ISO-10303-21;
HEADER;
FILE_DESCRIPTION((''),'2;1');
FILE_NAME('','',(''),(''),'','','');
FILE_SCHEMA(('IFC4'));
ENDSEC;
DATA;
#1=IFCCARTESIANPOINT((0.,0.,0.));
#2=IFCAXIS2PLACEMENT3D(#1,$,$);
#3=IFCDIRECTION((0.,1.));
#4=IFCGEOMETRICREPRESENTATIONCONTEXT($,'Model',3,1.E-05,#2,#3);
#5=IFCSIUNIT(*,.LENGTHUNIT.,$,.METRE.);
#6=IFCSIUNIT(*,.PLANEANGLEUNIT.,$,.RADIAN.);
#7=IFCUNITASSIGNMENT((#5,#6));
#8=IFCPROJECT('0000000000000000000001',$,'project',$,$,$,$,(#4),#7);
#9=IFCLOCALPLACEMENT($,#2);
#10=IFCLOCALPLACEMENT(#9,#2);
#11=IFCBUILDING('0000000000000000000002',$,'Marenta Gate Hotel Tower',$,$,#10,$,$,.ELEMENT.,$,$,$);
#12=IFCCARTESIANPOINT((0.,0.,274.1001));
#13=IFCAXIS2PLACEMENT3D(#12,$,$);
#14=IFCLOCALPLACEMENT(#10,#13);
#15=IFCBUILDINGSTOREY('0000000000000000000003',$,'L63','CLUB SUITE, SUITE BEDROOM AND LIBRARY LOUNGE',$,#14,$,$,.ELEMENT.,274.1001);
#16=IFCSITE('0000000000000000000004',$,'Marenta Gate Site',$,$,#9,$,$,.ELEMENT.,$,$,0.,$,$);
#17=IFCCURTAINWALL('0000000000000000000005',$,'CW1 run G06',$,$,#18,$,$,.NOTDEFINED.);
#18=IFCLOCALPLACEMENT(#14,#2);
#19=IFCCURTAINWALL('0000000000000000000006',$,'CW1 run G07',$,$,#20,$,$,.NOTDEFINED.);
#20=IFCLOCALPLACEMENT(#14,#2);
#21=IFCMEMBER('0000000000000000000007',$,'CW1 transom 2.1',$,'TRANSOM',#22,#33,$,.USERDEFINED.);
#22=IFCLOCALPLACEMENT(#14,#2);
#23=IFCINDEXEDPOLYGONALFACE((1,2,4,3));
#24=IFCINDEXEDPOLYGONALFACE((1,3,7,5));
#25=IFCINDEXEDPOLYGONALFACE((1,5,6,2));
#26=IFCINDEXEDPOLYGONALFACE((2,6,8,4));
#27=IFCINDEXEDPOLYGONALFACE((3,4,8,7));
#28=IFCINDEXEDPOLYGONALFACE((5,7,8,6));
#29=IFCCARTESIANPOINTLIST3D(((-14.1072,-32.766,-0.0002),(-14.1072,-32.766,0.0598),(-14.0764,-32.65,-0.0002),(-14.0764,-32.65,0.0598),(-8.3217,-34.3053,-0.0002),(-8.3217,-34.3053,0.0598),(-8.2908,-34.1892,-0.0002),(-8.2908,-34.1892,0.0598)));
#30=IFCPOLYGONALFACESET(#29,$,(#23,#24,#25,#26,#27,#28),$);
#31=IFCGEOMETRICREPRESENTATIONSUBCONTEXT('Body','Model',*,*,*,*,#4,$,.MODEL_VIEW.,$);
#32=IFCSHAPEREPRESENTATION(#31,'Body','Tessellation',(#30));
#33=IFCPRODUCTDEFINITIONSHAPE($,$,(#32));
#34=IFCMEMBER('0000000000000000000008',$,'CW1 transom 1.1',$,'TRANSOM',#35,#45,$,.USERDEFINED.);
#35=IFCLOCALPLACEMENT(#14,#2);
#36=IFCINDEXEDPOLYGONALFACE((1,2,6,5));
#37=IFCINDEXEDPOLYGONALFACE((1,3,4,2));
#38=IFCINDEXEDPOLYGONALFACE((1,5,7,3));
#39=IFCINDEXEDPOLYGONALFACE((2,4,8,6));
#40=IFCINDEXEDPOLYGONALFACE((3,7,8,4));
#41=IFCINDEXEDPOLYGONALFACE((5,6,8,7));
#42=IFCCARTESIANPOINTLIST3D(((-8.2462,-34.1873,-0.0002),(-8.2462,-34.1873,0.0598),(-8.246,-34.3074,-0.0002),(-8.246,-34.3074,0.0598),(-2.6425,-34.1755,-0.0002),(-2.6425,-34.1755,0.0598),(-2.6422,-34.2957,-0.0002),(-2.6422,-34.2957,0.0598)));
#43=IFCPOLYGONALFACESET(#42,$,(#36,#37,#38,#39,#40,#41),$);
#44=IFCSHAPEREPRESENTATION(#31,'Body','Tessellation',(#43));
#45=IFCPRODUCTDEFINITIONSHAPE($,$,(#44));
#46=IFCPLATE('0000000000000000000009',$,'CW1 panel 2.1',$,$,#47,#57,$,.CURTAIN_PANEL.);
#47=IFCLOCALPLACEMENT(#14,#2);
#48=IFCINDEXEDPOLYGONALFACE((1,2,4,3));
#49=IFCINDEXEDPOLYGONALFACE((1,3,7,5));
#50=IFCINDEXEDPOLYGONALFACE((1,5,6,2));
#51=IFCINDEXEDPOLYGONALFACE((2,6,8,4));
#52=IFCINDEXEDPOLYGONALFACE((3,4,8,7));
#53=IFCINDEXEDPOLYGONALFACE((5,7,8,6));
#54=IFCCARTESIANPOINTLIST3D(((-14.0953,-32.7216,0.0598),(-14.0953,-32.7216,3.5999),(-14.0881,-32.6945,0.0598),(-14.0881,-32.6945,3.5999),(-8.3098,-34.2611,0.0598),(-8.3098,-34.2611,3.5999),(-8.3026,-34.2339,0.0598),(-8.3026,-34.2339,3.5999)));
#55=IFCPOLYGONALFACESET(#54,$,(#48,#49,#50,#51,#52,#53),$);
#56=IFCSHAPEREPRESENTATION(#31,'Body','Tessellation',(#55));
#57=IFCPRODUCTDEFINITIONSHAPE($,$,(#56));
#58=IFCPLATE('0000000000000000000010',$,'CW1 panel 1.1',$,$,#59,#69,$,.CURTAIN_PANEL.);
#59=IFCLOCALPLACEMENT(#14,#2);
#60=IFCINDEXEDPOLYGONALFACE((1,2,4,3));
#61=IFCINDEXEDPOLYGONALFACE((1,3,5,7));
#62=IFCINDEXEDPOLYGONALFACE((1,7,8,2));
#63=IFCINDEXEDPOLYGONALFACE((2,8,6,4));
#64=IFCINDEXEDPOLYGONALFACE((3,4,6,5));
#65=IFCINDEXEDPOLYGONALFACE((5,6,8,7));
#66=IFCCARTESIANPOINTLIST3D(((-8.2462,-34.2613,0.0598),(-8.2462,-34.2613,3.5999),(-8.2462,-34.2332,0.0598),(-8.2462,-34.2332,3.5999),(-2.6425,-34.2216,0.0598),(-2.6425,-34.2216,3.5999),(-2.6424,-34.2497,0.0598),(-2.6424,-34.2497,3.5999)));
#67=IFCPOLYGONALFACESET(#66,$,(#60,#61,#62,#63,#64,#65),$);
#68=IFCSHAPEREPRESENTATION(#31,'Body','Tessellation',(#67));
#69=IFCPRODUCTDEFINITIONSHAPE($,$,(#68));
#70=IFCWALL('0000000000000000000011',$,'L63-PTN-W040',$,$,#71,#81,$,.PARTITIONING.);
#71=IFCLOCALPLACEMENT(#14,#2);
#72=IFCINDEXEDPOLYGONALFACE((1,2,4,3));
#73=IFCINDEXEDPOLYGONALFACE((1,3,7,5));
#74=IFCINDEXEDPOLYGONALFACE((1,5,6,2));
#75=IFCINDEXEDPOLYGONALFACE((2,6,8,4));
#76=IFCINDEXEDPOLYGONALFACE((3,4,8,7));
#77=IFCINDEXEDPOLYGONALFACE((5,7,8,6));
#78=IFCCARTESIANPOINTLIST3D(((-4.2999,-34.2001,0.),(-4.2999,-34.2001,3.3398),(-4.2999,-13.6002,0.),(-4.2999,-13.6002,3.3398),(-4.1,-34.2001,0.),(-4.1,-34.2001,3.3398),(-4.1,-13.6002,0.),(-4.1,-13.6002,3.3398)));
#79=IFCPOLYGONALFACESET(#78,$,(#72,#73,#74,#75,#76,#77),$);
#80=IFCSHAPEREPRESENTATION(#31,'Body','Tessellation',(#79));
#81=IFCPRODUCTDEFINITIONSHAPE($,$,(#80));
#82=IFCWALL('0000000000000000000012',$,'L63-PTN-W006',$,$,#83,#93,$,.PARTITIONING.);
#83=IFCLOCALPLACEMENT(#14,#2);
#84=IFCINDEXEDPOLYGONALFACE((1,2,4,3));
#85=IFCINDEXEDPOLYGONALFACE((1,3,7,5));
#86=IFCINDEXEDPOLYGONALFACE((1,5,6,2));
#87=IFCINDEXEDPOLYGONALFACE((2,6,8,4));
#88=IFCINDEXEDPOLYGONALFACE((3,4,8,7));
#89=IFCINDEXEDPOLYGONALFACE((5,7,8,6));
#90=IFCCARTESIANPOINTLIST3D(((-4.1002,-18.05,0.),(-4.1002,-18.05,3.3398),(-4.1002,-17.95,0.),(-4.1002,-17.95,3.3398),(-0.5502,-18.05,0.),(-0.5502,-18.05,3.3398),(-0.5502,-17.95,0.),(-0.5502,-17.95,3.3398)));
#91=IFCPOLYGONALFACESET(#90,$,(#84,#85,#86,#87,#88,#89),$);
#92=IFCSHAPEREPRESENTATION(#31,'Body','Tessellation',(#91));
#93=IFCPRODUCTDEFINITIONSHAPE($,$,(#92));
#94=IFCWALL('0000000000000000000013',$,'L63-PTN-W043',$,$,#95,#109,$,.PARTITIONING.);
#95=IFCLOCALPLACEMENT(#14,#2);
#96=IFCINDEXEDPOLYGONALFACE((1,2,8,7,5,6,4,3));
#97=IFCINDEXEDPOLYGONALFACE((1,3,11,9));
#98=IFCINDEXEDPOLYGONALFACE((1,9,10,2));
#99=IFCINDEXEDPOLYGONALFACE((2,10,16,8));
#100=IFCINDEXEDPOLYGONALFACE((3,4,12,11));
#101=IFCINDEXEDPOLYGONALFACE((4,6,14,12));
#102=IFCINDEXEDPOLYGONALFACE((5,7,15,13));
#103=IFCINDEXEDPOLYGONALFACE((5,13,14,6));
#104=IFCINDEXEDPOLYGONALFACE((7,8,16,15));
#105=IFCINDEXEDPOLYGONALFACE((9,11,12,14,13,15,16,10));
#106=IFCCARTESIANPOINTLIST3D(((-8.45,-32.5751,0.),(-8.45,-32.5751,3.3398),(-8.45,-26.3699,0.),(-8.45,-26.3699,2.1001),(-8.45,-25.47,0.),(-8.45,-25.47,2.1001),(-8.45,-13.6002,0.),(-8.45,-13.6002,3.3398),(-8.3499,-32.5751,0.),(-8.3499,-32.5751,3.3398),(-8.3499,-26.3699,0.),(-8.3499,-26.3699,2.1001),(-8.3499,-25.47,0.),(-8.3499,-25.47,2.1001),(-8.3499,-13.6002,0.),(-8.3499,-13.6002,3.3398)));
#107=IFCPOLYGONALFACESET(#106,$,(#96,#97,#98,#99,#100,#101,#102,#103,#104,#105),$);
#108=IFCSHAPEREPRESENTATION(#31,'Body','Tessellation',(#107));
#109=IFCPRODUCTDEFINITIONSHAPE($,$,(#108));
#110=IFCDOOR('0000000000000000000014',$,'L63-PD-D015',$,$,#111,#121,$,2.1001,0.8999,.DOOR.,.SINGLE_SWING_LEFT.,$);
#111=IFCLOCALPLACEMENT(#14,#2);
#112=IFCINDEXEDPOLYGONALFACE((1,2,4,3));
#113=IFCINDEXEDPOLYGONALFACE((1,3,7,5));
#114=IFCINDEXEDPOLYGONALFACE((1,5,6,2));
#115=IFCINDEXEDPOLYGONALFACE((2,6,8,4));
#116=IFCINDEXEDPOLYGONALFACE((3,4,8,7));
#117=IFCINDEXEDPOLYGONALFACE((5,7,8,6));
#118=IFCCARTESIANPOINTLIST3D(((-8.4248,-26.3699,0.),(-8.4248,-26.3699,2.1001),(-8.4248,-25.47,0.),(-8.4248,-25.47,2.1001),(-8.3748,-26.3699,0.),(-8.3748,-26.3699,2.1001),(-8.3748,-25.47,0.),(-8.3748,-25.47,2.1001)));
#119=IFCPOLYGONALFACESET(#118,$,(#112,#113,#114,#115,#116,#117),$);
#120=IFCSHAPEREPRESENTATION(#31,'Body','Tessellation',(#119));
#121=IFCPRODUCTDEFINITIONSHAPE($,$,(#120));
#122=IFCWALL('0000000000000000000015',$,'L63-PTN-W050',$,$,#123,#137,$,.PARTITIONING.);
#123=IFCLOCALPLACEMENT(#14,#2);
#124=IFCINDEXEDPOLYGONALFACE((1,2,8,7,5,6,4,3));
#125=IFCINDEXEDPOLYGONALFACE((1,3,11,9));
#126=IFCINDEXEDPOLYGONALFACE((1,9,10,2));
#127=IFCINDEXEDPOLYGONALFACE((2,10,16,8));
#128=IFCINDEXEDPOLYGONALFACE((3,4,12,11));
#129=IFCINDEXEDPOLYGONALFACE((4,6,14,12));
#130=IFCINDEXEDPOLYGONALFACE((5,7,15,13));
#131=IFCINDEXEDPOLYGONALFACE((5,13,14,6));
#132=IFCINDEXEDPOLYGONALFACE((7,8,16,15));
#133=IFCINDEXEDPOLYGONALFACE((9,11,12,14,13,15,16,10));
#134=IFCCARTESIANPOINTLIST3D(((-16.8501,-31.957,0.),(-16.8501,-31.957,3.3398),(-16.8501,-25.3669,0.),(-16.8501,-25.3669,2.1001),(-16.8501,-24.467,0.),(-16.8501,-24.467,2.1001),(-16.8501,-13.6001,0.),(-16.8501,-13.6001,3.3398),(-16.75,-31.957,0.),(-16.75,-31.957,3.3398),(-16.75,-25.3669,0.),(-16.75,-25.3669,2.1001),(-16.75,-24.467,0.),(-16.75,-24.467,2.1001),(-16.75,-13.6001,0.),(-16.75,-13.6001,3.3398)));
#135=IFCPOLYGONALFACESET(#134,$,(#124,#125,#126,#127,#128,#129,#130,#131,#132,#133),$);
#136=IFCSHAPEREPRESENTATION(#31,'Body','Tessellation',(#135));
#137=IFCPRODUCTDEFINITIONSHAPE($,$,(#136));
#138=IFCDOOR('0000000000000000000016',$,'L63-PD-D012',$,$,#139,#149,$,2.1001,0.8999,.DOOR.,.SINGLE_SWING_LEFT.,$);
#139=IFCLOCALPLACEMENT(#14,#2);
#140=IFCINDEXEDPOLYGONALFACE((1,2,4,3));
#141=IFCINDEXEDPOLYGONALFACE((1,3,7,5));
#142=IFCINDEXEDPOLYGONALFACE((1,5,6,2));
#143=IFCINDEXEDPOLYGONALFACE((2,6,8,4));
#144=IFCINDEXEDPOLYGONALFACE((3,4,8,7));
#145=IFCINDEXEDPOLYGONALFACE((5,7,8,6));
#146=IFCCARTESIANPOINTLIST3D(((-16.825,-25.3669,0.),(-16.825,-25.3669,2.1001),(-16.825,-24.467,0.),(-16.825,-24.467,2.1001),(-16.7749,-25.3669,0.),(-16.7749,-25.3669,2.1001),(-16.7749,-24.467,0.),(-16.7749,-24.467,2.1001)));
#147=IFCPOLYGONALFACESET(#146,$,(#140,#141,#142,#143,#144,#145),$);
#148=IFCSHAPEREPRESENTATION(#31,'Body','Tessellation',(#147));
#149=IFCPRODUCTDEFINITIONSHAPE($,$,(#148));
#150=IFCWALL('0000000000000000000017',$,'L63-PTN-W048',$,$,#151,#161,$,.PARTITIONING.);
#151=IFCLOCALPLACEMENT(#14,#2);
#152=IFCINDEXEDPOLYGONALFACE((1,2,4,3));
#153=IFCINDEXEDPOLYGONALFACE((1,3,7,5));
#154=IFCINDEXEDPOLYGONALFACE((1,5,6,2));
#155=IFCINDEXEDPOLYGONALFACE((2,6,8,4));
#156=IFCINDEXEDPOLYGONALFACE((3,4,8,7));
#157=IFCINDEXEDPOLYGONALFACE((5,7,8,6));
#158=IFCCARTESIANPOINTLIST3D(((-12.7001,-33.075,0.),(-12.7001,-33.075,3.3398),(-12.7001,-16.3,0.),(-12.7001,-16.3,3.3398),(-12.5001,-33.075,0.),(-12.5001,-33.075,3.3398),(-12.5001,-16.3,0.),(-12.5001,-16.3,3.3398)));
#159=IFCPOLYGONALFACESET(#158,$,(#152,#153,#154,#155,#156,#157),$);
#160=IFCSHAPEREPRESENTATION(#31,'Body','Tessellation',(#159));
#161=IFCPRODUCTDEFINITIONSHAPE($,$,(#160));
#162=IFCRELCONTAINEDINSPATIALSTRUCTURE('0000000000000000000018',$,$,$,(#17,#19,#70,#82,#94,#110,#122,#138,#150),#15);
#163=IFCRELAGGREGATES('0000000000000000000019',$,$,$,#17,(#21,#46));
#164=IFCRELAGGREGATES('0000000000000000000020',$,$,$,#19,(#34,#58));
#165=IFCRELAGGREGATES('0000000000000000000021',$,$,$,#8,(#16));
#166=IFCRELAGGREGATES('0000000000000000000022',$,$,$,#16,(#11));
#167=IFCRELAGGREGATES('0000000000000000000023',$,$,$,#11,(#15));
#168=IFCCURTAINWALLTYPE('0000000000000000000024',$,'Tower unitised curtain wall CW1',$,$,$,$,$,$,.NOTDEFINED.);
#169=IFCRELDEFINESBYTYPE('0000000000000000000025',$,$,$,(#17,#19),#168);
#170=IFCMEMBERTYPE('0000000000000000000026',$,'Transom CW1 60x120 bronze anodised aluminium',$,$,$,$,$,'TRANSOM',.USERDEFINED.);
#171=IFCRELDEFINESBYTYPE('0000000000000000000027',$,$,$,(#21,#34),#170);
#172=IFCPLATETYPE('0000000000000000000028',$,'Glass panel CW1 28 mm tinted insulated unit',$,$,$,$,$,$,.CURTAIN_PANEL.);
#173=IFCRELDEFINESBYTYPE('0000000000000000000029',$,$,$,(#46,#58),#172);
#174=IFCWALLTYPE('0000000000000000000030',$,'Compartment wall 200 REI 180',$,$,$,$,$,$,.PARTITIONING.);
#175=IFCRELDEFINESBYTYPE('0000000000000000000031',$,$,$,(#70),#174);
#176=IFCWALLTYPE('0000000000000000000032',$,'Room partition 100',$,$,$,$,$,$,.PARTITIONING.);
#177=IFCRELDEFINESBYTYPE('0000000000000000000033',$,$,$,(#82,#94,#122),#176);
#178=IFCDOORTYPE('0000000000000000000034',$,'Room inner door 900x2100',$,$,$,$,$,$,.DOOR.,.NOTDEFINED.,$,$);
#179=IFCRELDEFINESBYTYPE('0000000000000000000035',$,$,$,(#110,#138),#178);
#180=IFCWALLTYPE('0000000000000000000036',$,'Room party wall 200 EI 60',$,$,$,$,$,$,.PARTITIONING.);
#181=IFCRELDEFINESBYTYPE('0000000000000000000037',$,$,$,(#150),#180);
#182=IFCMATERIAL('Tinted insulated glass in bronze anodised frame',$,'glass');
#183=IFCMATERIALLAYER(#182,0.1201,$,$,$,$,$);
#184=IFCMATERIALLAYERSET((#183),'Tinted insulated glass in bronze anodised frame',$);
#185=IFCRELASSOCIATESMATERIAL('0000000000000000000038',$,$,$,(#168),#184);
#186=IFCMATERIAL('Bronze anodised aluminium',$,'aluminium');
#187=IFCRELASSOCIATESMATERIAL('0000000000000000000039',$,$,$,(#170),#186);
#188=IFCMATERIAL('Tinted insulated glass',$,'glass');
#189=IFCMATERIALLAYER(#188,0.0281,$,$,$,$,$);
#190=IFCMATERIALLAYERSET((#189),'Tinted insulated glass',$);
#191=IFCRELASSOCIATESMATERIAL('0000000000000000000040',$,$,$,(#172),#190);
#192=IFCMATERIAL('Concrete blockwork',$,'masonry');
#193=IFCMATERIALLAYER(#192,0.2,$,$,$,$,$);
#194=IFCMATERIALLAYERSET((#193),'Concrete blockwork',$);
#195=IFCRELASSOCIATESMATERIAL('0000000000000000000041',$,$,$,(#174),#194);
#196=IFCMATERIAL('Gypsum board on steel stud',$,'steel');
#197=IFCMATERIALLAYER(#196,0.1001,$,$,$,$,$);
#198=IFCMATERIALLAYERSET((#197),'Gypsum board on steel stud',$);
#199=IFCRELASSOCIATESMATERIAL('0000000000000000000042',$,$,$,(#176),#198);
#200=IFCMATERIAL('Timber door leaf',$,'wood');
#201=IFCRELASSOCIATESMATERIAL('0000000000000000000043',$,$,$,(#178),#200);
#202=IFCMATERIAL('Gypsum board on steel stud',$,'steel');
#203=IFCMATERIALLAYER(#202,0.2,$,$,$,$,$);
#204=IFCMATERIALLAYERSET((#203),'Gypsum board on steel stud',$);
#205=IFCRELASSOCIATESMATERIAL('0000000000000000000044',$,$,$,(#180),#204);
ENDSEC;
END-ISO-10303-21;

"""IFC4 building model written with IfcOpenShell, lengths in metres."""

from ifc_helpers import new_model, si_unit, direction, frame, frame_2d, origin, origin_2d, place, context, subcontext, project, spatial, rectangle, extrude, material, layer, layer_set, material_profile, profile_set, type_object, element, fill, aggregate, save


model = new_model("IFC4")

# Units and contexts
model_context = context("Model", 3, precision=1e-05, world=origin(), true_north=direction((0.0, 1.0)))
body_context = subcontext(model_context, "Body", "Model", "MODEL_VIEW")
ifc_project = project(units=[si_unit("LENGTHUNIT", "METRE"), si_unit("PLANEANGLEUNIT", "RADIAN")], contexts=[model_context])

# Site, building, storey
site_placement = place(None, origin())
site = spatial("IfcSite", under=ifc_project, at=site_placement, Name="Marenta Gate Site", CompositionType="ELEMENT", RefElevation=0.0)
building_placement = place(site_placement, origin())
building = spatial("IfcBuilding", under=site, at=building_placement, Name="Marenta Gate Hotel Tower", CompositionType="ELEMENT")
storey_placement = place(building_placement, frame((0.0, 0.0, 274.1001)))
storey = spatial("IfcBuildingStorey", under=building, at=storey_placement, Name="L63", Description="CLUB SUITE, SUITE BEDROOM AND LIBRARY LOUNGE", CompositionType="ELEMENT", Elevation=274.1001)

# Curtain wall
ifc_material_1 = material(Name="Tinted insulated glass in bronze anodised frame", Category="glass")
ifc_layer_1 = layer(ifc_material_1, 0.1201)
ifc_layer_set_1 = layer_set([ifc_layer_1], Name="Tinted insulated glass in bronze anodised frame")
curtain_wall_type = type_object("IfcCurtainWallType", Name="Tower unitised curtain wall CW1", PredefinedType="NOTDEFINED", material=ifc_layer_set_1)
curtain_wall_1_placement = place(storey_placement, origin())
curtain_wall_1 = element("IfcCurtainWall", 1, at=curtain_wall_1_placement, inside=storey, type_object=curtain_wall_type, Name="CW1 run G06", PredefinedType="NOTDEFINED")

# Curtain wall
curtain_wall_2_placement = place(storey_placement, origin())
curtain_wall_2 = element("IfcCurtainWall", 2, at=curtain_wall_2_placement, inside=storey, type_object=curtain_wall_type, Name="CW1 run G07", PredefinedType="NOTDEFINED")

# Members
ifc_material_2 = material(Name="Bronze anodised aluminium", Category="aluminium")
ifc_material_profile_1 = material_profile(ifc_material_2, rectangle(XDim=0.1201, YDim=0.0601, at=origin_2d()), Name="Transom CW1 60x120 bronze anodised aluminium")
ifc_profile_set_1 = profile_set([ifc_material_profile_1], Name="Bronze anodised aluminium")
member_type_1 = type_object("IfcMemberType", Name="Transom CW1 60x120 bronze anodised aluminium", ElementType="TRANSOM", PredefinedType="USERDEFINED", material=ifc_profile_set_1)
member_1_placement = place(storey_placement, frame((-14.0918, -32.708, 0.0298), z_axis=(0.966382, -0.257112, 0.0), x_axis=(0.257112, 0.966382, 0.0)))
member_1 = element("IfcMember", 3, at=member_1_placement, type_object=member_type_1, Name="CW1 transom 2.1", ObjectType="TRANSOM", PredefinedType="USERDEFINED", context=body_context, shape_type="SweptSolid", body=[
    extrude(rectangle(XDim=0.1201, YDim=0.0601, at=origin_2d()), origin(), (0.0, 0.0, 1.0), 5.9868),
])
member_2_placement = place(storey_placement, frame((-8.2461, -34.2473, 0.0298), z_axis=(0.999998, 0.002091, 0.0), x_axis=(-0.002091, 0.999998, 0.0)))
member_2 = element("IfcMember", 4, at=member_2_placement, type_object=member_type_1, Name="CW1 transom 1.1", ObjectType="TRANSOM", PredefinedType="USERDEFINED", context=body_context, shape_type="SweptSolid", body=[
    extrude(rectangle(XDim=0.1201, YDim=0.0601, at=origin_2d()), origin(), (0.0, 0.0, 1.0), 5.6038),
])

# Plates
ifc_material_3 = material(Name="Tinted insulated glass", Category="glass")
ifc_layer_2 = layer(ifc_material_3, 0.0281)
ifc_layer_set_2 = layer_set([ifc_layer_2], Name="Tinted insulated glass")
plate_type = type_object("IfcPlateType", Name="Glass panel CW1 28 mm tinted insulated unit", PredefinedType="CURTAIN_PANEL", material=ifc_layer_set_2)
plate_1_placement = place(storey_placement, frame((-11.199, -33.4778, 0.0598), z_axis=(0.0, 0.0, 1.0), x_axis=(0.966376, -0.257134, 0.0)))
plate_1 = element("IfcPlate", 5, at=plate_1_placement, type_object=plate_type, Name="CW1 panel 2.1", PredefinedType="CURTAIN_PANEL", context=body_context, shape_type="SweptSolid", body=[
    extrude(rectangle(XDim=5.9868, YDim=0.0281, at=origin_2d()), origin(), (0.0, 0.0, 1.0), 3.54),
])
aggregate(curtain_wall_1, [member_1, plate_1])
plate_2_placement = place(storey_placement, frame((-5.4443, -34.2415, 0.0598), z_axis=(0.0, 0.0, 1.0), x_axis=(0.999998, 0.002067, 0.0)))
plate_2 = element("IfcPlate", 6, at=plate_2_placement, type_object=plate_type, Name="CW1 panel 1.1", PredefinedType="CURTAIN_PANEL", context=body_context, shape_type="SweptSolid", body=[
    extrude(rectangle(XDim=5.6038, YDim=0.0281, at=origin_2d()), origin(), (0.0, 0.0, 1.0), 3.54),
])
aggregate(curtain_wall_2, [member_2, plate_2])

# Walls
ifc_material_4 = material(Name="Concrete blockwork", Category="masonry")
ifc_layer_3 = layer(ifc_material_4, 0.2)
ifc_layer_set_3 = layer_set([ifc_layer_3], Name="Concrete blockwork")
wall_type_1 = type_object("IfcWallType", Name="Compartment wall 200 REI 180", PredefinedType="PARTITIONING", material=ifc_layer_set_3)
wall_1_placement = place(storey_placement, frame((-4.2, -34.2, 0.0), z_axis=(0.0, 0.0, 1.0), x_axis=(0.0, 1.0, 0.0)))
element("IfcWall", 7, at=wall_1_placement, inside=storey, type_object=wall_type_1, Name="L63-PTN-W040", PredefinedType="PARTITIONING", context=body_context, shape_type="SweptSolid", body=[
    extrude(rectangle(XDim=20.5999, YDim=0.2, at=frame_2d((10.2998, 0.0))), origin(), (0.0, 0.0, 1.0), 3.3398),
])
ifc_material_5 = material(Name="Gypsum board on steel stud", Category="steel")
ifc_layer_4 = layer(ifc_material_5, 0.1001)
ifc_layer_set_4 = layer_set([ifc_layer_4], Name="Gypsum board on steel stud")
wall_type_2 = type_object("IfcWallType", Name="Room partition 100", PredefinedType="PARTITIONING", material=ifc_layer_set_4)
wall_2_placement = place(storey_placement, frame((-4.1001, -18.0, 0.0), z_axis=(0.0, 0.0, 1.0), x_axis=(1.0, 0.0, 0.0)))
element("IfcWall", 8, at=wall_2_placement, inside=storey, type_object=wall_type_2, Name="L63-PTN-W006", PredefinedType="PARTITIONING", context=body_context, shape_type="SweptSolid", body=[
    extrude(rectangle(XDim=3.55, YDim=0.1001, at=frame_2d((1.7749, 0.0))), origin(), (0.0, 0.0, 1.0), 3.3398),
])

# Walls, openings, doors
wall_3_placement = place(storey_placement, frame((-8.3999, -32.575, 0.0), z_axis=(0.0, 0.0, 1.0), x_axis=(0.0, 1.0, 0.0)))
wall_3 = element("IfcWall", 9, at=wall_3_placement, inside=storey, type_object=wall_type_2, Name="L63-PTN-W043", PredefinedType="PARTITIONING", context=body_context, shape_type="SweptSolid", body=[
    extrude(rectangle(XDim=18.9749, YDim=0.1001, at=frame_2d((9.4873, 0.0))), origin(), (0.0, 0.0, 1.0), 3.3398),
])
opening_1_placement = place(wall_3_placement, frame((6.2051, 0.0, 0.0)))
opening_1 = element("IfcOpeningElement", 10, at=opening_1_placement, cuts=wall_3, PredefinedType="OPENING", context=body_context, shape_type="SweptSolid", body=[
    extrude(rectangle(XDim=0.8999, YDim=2.1001, at=frame_2d((0.45, 1.05))), frame((0.0, 0.05, 0.0), z_axis=(0.0, -1.0, 0.0), x_axis=(1.0, 0.0, 0.0)), (0.0, 0.0, 1.0), 0.1001),
])
ifc_material_6 = material(Name="Timber door leaf", Category="wood")
door_type = type_object("IfcDoorType", Name="Room inner door 900x2100", OperationType="NOTDEFINED", PredefinedType="DOOR", material=ifc_material_6)
door_1_placement = place(opening_1_placement, origin())
door_1 = element("IfcDoor", 11, at=door_1_placement, inside=storey, type_object=door_type, Name="L63-PD-D015", OperationType="SINGLE_SWING_LEFT", OverallHeight=2.1001, OverallWidth=0.8999, PredefinedType="DOOR", context=body_context, shape_type="SweptSolid", body=[
    extrude(rectangle(XDim=0.8999, YDim=2.1001, at=frame_2d((0.45, 1.05))), frame((0.0, 0.0249, 0.0), z_axis=(0.0, -1.0, 0.0), x_axis=(1.0, 0.0, 0.0)), (0.0, 0.0, 1.0), 0.05),
])
fill(opening_1, door_1)
wall_4_placement = place(storey_placement, frame((-16.8, -31.957, 0.0), z_axis=(0.0, 0.0, 1.0), x_axis=(0.0, 1.0, 0.0)))
wall_4 = element("IfcWall", 12, at=wall_4_placement, inside=storey, type_object=wall_type_2, Name="L63-PTN-W050", PredefinedType="PARTITIONING", context=body_context, shape_type="SweptSolid", body=[
    extrude(rectangle(XDim=18.3569, YDim=0.1001, at=frame_2d((9.1785, 0.0))), origin(), (0.0, 0.0, 1.0), 3.3398),
])
opening_2_placement = place(wall_4_placement, frame((6.5901, 0.0, 0.0)))
opening_2 = element("IfcOpeningElement", 13, at=opening_2_placement, cuts=wall_4, PredefinedType="OPENING", context=body_context, shape_type="SweptSolid", body=[
    extrude(rectangle(XDim=0.8999, YDim=2.1001, at=frame_2d((0.45, 1.05))), frame((0.0, 0.05, 0.0), z_axis=(0.0, -1.0, 0.0), x_axis=(1.0, 0.0, 0.0)), (0.0, 0.0, 1.0), 0.1001),
])
door_2_placement = place(opening_2_placement, origin())
door_2 = element("IfcDoor", 14, at=door_2_placement, inside=storey, type_object=door_type, Name="L63-PD-D012", OperationType="SINGLE_SWING_LEFT", OverallHeight=2.1001, OverallWidth=0.8999, PredefinedType="DOOR", context=body_context, shape_type="SweptSolid", body=[
    extrude(rectangle(XDim=0.8999, YDim=2.1001, at=frame_2d((0.45, 1.05))), frame((0.0, 0.0249, 0.0), z_axis=(0.0, -1.0, 0.0), x_axis=(1.0, 0.0, 0.0)), (0.0, 0.0, 1.0), 0.05),
])
fill(opening_2, door_2)

# Wall
ifc_material_7 = material(Name="Gypsum board on steel stud", Category="steel")
ifc_layer_5 = layer(ifc_material_7, 0.2)
ifc_layer_set_5 = layer_set([ifc_layer_5], Name="Gypsum board on steel stud")
wall_type_3 = type_object("IfcWallType", Name="Room party wall 200 EI 60", PredefinedType="PARTITIONING", material=ifc_layer_set_5)
wall_5_placement = place(storey_placement, frame((-12.6001, -33.075, 0.0), z_axis=(0.0, 0.0, 1.0), x_axis=(0.0, 1.0, 0.0)))
element("IfcWall", 15, at=wall_5_placement, inside=storey, type_object=wall_type_3, Name="L63-PTN-W048", PredefinedType="PARTITIONING", context=body_context, shape_type="SweptSolid", body=[
    extrude(rectangle(XDim=16.7749, YDim=0.2, at=frame_2d((8.3875, 0.0))), origin(), (0.0, 0.0, 1.0), 3.3398),
])

save(model, "model.ifc")
